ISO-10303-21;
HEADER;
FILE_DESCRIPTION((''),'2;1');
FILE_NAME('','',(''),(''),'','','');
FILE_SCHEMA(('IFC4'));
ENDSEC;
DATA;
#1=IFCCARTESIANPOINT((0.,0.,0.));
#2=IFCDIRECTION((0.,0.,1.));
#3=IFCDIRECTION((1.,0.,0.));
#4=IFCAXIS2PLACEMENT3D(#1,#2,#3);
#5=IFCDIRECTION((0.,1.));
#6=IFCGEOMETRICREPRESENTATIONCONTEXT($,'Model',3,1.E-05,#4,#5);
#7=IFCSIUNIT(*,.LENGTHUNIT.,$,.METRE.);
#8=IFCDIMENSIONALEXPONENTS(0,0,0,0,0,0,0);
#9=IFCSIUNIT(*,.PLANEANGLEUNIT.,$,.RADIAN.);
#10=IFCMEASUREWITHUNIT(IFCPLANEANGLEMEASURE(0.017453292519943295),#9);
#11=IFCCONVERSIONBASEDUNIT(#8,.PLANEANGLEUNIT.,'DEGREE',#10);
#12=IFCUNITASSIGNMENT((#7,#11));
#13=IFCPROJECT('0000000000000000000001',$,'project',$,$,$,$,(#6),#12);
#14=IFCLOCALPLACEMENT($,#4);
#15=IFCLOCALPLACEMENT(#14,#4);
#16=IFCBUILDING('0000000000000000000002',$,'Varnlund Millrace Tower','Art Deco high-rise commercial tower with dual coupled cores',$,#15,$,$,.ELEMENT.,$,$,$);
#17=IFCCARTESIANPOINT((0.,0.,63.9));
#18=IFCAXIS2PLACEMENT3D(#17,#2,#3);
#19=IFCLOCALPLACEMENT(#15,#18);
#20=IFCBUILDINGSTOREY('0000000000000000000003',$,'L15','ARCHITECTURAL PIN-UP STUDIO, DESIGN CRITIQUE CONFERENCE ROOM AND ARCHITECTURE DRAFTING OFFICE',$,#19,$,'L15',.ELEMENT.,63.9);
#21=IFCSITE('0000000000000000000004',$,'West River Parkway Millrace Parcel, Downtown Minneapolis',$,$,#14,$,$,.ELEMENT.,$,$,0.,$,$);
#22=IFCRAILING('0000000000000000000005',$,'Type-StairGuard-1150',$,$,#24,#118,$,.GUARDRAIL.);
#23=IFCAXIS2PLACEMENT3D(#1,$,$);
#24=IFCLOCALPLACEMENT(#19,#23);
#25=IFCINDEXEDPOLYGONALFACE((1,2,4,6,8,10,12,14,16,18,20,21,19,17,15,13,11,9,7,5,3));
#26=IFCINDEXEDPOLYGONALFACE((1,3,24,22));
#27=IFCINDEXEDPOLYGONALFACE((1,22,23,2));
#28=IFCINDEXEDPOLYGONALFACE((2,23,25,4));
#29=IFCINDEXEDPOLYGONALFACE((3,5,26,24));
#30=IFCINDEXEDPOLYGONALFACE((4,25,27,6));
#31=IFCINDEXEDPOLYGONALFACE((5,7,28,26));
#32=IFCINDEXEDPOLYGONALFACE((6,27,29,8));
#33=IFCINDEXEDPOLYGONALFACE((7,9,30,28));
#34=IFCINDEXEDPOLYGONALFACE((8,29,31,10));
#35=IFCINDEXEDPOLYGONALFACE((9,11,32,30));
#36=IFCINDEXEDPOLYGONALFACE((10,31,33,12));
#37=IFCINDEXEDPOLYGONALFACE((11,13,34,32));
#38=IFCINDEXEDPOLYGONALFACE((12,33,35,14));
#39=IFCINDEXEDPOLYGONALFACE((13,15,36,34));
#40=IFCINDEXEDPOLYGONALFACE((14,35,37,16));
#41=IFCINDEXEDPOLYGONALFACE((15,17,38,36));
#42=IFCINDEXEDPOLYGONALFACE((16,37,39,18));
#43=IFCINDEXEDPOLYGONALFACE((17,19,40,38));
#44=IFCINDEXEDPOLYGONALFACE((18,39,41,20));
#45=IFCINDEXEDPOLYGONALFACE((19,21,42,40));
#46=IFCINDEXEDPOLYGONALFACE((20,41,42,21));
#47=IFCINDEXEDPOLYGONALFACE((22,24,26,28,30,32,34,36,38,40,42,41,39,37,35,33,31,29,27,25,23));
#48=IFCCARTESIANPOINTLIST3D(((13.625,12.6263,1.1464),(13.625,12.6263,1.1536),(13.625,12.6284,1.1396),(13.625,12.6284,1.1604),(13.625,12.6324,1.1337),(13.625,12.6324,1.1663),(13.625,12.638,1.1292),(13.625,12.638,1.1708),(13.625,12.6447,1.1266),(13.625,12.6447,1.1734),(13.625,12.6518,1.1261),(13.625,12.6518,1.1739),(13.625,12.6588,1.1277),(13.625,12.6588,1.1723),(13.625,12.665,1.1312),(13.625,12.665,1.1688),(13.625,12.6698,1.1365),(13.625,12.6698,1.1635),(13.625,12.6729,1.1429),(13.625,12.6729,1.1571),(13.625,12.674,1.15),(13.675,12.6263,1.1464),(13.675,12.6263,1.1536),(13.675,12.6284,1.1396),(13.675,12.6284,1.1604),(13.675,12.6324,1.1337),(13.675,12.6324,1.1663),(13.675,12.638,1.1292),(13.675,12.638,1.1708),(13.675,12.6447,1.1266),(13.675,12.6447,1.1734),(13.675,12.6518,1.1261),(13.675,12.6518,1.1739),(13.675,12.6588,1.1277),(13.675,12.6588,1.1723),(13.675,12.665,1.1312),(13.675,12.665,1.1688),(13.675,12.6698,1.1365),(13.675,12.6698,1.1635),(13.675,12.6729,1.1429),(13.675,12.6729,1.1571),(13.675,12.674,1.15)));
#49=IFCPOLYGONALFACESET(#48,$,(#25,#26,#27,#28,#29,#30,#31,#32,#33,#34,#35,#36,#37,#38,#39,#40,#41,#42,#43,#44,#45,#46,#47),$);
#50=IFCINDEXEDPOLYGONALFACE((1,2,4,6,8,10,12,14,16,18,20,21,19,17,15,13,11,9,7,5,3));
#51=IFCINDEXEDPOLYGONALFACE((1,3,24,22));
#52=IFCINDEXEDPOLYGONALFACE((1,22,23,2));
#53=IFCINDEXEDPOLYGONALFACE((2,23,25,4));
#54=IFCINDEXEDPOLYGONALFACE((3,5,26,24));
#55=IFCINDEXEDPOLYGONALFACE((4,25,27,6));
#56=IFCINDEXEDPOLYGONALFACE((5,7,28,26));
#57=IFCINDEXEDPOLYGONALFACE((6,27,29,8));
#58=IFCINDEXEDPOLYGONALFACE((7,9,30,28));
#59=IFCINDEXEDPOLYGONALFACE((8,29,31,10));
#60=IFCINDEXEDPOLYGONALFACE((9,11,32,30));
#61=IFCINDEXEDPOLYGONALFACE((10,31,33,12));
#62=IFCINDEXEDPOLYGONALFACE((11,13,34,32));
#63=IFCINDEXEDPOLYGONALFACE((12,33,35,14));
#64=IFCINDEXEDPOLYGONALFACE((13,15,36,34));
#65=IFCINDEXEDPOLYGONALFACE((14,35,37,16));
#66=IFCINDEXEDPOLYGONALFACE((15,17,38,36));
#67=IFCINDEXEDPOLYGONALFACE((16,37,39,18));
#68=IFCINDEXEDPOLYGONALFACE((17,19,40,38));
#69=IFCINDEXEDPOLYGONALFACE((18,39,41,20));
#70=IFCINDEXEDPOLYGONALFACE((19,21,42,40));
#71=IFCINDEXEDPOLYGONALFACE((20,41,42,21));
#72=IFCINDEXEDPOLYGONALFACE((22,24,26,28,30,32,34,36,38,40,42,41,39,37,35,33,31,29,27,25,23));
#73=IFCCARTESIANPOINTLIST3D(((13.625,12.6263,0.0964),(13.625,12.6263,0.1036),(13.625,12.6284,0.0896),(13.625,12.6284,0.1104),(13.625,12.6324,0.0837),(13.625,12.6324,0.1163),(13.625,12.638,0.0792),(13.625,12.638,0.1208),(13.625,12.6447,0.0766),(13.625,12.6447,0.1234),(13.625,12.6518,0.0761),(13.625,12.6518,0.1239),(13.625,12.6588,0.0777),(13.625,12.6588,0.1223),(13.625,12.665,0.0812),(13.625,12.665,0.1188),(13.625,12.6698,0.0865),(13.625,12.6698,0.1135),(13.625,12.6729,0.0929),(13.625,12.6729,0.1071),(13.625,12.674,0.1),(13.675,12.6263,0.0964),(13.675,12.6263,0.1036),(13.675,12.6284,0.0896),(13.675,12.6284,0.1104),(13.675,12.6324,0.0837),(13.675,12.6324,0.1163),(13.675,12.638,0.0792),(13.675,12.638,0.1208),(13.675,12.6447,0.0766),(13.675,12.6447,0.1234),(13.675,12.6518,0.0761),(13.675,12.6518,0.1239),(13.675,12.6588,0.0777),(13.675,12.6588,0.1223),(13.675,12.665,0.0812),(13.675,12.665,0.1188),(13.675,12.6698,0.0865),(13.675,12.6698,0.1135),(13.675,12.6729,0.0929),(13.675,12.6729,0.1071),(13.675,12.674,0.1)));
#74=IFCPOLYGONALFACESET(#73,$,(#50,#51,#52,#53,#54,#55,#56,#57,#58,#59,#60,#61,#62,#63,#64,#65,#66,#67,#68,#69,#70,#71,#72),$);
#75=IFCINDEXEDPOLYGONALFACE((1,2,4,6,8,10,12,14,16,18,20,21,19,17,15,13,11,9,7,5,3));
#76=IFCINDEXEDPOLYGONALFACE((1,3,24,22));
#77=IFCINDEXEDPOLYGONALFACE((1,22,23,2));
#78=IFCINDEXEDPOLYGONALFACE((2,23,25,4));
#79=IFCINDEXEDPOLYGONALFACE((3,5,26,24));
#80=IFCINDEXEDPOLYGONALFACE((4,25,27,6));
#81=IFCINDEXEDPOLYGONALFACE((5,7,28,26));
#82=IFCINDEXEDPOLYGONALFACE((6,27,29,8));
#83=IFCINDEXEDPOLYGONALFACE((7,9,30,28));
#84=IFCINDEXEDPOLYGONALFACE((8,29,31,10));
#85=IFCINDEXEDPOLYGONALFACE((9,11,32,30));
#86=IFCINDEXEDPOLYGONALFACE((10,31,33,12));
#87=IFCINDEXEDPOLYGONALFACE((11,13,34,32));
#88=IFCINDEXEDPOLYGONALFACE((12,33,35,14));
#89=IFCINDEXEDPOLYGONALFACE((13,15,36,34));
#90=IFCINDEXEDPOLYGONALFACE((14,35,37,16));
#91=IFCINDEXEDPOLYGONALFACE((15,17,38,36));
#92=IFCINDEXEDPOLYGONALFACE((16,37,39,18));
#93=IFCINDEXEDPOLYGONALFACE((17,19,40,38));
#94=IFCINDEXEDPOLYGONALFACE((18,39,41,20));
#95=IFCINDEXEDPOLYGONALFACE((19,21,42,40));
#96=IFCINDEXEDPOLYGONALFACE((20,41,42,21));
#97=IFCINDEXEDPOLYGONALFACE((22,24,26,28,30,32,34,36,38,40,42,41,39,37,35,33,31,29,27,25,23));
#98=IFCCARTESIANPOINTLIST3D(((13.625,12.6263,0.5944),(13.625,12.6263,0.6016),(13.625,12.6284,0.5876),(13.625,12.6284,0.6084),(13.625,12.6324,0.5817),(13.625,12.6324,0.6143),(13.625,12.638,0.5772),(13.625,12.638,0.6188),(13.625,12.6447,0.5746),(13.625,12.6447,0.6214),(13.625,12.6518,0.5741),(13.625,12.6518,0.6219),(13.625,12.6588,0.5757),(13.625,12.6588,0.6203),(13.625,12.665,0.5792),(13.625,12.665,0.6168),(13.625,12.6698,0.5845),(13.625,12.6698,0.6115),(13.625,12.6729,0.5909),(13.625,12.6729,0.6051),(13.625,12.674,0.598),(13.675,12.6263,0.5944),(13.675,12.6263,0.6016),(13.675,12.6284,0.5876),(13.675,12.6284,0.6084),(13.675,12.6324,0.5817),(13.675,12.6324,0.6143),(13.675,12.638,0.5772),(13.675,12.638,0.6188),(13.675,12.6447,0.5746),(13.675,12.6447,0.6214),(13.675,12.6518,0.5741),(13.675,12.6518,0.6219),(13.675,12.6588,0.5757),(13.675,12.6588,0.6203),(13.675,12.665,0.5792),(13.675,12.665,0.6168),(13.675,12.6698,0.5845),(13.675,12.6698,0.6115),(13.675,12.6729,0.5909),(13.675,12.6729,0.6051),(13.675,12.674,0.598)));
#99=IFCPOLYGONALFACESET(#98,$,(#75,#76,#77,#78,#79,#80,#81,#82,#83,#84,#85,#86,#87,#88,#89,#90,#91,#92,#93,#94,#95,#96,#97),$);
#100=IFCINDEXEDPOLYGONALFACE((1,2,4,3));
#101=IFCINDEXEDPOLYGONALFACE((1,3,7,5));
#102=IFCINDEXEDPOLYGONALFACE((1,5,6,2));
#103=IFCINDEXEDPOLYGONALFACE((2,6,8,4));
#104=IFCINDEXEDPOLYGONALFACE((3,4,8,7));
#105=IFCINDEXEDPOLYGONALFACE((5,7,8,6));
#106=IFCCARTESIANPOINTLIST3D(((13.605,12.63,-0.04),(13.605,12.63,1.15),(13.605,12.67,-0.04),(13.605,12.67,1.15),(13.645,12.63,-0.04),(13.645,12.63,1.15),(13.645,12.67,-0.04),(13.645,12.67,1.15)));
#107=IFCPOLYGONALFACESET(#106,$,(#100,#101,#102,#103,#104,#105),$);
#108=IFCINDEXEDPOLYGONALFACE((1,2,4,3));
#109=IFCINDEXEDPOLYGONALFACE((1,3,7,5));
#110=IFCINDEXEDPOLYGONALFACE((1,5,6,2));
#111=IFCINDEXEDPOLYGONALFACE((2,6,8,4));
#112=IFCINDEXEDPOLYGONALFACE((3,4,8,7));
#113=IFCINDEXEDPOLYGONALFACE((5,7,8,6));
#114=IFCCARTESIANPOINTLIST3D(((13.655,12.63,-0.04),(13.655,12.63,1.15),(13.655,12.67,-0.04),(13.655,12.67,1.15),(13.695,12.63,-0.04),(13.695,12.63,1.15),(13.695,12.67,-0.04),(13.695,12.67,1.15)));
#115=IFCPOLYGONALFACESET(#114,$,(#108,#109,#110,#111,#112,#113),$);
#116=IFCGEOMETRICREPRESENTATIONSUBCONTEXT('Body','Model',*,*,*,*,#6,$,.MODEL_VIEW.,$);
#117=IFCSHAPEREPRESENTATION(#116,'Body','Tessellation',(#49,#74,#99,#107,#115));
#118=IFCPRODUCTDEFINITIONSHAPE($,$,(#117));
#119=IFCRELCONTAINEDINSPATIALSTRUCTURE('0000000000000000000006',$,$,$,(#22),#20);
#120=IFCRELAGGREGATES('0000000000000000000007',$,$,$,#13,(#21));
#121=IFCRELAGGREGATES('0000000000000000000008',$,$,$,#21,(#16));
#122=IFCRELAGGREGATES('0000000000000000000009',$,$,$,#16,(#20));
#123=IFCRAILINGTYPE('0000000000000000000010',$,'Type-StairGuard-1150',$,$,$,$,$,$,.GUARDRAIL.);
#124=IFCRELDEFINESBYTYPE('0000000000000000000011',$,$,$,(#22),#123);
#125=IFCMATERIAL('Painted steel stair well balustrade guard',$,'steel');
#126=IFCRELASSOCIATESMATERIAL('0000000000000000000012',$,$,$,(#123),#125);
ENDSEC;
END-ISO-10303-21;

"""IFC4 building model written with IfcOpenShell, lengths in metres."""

from ifc_helpers import new_model, entity, si_unit, converted_unit, direction, frame, origin_with_axes, origin_2d_with_axis, place, context, subcontext, project, spatial, rectangle, circle, extrude, material, type_object, element, save


model = new_model("IFC4")

# Units and contexts
model_context = context("Model", 3, precision=1e-05, world=origin_with_axes(), true_north=direction((0.0, 1.0)))
body_context = subcontext(model_context, "Body", "Model", "MODEL_VIEW")
ifc_project = project(units=[si_unit("LENGTHUNIT", "METRE"), converted_unit("PLANEANGLEUNIT", "DEGREE", entity("IfcPlaneAngleMeasure", 0.017453292519943295), si_unit("PLANEANGLEUNIT", "RADIAN"), dimensions=[0, 0, 0, 0, 0, 0, 0])], contexts=[model_context])

# Site, building, storey
site_placement = place(None, origin_with_axes())
site = spatial("IfcSite", under=ifc_project, at=site_placement, Name="West River Parkway Millrace Parcel, Downtown Minneapolis", CompositionType="ELEMENT", RefElevation=0.0)
building_placement = place(site_placement, origin_with_axes())
building = spatial("IfcBuilding", under=site, at=building_placement, Name="Varnlund Millrace Tower", Description="Art Deco high-rise commercial tower with dual coupled cores", CompositionType="ELEMENT")
storey_placement = place(building_placement, frame((0.0, 0.0, 63.9), z_axis=(0.0, 0.0, 1.0), x_axis=(1.0, 0.0, 0.0)))
storey = spatial("IfcBuildingStorey", under=building, at=storey_placement, Name="L15", Description="ARCHITECTURAL PIN-UP STUDIO, DESIGN CRITIQUE CONFERENCE ROOM AND ARCHITECTURE DRAFTING OFFICE", LongName="L15", CompositionType="ELEMENT", Elevation=63.9)

# Railing
ifc_material_1 = material(Name="Painted steel stair well balustrade guard", Category="steel")
railing_type_1 = type_object("IfcRailingType", Name="Type-StairGuard-1150", PredefinedType="GUARDRAIL", material=ifc_material_1)
railing_1_placement = place(storey_placement, frame((0.0, 0.0, -63.9), z_axis=(0.0, 0.0, 1.0), x_axis=(1.0, 0.0, 0.0)))
element("IfcRailing", 1, at=railing_1_placement, inside=storey, type_object=railing_type_1, Name="Type-StairGuard-1150", PredefinedType="GUARDRAIL", context=body_context, shape_type="SweptSolid", body=[
    extrude(circle(Radius=0.024, at=origin_2d_with_axis()), frame((13.625, 12.65, 65.05), z_axis=(1.0, 0.0, 0.0), x_axis=(0.0, 1.0, 0.0)), (0.0, 0.0, 1.0), 0.05),
    extrude(circle(Radius=0.024, at=origin_2d_with_axis()), frame((13.625, 12.65, 64.0), z_axis=(1.0, 0.0, 0.0), x_axis=(0.0, 1.0, 0.0)), (0.0, 0.0, 1.0), 0.05),
    extrude(circle(Radius=0.024, at=origin_2d_with_axis()), frame((13.625, 12.65, 64.498), z_axis=(1.0, 0.0, 0.0), x_axis=(0.0, 1.0, 0.0)), (0.0, 0.0, 1.0), 0.05),
    extrude(rectangle(XDim=0.04, YDim=0.04, at=origin_2d_with_axis()), frame((13.625, 12.65, 63.86), z_axis=(0.0, 0.0, 1.0), x_axis=(1.0, 0.0, 0.0)), (0.0, 0.0, 1.0), 1.19),
    extrude(rectangle(XDim=0.04, YDim=0.04, at=origin_2d_with_axis()), frame((13.675, 12.65, 63.86), z_axis=(0.0, 0.0, 1.0), x_axis=(1.0, 0.0, 0.0)), (0.0, 0.0, 1.0), 1.19),
])

save(model, "model.ifc")
